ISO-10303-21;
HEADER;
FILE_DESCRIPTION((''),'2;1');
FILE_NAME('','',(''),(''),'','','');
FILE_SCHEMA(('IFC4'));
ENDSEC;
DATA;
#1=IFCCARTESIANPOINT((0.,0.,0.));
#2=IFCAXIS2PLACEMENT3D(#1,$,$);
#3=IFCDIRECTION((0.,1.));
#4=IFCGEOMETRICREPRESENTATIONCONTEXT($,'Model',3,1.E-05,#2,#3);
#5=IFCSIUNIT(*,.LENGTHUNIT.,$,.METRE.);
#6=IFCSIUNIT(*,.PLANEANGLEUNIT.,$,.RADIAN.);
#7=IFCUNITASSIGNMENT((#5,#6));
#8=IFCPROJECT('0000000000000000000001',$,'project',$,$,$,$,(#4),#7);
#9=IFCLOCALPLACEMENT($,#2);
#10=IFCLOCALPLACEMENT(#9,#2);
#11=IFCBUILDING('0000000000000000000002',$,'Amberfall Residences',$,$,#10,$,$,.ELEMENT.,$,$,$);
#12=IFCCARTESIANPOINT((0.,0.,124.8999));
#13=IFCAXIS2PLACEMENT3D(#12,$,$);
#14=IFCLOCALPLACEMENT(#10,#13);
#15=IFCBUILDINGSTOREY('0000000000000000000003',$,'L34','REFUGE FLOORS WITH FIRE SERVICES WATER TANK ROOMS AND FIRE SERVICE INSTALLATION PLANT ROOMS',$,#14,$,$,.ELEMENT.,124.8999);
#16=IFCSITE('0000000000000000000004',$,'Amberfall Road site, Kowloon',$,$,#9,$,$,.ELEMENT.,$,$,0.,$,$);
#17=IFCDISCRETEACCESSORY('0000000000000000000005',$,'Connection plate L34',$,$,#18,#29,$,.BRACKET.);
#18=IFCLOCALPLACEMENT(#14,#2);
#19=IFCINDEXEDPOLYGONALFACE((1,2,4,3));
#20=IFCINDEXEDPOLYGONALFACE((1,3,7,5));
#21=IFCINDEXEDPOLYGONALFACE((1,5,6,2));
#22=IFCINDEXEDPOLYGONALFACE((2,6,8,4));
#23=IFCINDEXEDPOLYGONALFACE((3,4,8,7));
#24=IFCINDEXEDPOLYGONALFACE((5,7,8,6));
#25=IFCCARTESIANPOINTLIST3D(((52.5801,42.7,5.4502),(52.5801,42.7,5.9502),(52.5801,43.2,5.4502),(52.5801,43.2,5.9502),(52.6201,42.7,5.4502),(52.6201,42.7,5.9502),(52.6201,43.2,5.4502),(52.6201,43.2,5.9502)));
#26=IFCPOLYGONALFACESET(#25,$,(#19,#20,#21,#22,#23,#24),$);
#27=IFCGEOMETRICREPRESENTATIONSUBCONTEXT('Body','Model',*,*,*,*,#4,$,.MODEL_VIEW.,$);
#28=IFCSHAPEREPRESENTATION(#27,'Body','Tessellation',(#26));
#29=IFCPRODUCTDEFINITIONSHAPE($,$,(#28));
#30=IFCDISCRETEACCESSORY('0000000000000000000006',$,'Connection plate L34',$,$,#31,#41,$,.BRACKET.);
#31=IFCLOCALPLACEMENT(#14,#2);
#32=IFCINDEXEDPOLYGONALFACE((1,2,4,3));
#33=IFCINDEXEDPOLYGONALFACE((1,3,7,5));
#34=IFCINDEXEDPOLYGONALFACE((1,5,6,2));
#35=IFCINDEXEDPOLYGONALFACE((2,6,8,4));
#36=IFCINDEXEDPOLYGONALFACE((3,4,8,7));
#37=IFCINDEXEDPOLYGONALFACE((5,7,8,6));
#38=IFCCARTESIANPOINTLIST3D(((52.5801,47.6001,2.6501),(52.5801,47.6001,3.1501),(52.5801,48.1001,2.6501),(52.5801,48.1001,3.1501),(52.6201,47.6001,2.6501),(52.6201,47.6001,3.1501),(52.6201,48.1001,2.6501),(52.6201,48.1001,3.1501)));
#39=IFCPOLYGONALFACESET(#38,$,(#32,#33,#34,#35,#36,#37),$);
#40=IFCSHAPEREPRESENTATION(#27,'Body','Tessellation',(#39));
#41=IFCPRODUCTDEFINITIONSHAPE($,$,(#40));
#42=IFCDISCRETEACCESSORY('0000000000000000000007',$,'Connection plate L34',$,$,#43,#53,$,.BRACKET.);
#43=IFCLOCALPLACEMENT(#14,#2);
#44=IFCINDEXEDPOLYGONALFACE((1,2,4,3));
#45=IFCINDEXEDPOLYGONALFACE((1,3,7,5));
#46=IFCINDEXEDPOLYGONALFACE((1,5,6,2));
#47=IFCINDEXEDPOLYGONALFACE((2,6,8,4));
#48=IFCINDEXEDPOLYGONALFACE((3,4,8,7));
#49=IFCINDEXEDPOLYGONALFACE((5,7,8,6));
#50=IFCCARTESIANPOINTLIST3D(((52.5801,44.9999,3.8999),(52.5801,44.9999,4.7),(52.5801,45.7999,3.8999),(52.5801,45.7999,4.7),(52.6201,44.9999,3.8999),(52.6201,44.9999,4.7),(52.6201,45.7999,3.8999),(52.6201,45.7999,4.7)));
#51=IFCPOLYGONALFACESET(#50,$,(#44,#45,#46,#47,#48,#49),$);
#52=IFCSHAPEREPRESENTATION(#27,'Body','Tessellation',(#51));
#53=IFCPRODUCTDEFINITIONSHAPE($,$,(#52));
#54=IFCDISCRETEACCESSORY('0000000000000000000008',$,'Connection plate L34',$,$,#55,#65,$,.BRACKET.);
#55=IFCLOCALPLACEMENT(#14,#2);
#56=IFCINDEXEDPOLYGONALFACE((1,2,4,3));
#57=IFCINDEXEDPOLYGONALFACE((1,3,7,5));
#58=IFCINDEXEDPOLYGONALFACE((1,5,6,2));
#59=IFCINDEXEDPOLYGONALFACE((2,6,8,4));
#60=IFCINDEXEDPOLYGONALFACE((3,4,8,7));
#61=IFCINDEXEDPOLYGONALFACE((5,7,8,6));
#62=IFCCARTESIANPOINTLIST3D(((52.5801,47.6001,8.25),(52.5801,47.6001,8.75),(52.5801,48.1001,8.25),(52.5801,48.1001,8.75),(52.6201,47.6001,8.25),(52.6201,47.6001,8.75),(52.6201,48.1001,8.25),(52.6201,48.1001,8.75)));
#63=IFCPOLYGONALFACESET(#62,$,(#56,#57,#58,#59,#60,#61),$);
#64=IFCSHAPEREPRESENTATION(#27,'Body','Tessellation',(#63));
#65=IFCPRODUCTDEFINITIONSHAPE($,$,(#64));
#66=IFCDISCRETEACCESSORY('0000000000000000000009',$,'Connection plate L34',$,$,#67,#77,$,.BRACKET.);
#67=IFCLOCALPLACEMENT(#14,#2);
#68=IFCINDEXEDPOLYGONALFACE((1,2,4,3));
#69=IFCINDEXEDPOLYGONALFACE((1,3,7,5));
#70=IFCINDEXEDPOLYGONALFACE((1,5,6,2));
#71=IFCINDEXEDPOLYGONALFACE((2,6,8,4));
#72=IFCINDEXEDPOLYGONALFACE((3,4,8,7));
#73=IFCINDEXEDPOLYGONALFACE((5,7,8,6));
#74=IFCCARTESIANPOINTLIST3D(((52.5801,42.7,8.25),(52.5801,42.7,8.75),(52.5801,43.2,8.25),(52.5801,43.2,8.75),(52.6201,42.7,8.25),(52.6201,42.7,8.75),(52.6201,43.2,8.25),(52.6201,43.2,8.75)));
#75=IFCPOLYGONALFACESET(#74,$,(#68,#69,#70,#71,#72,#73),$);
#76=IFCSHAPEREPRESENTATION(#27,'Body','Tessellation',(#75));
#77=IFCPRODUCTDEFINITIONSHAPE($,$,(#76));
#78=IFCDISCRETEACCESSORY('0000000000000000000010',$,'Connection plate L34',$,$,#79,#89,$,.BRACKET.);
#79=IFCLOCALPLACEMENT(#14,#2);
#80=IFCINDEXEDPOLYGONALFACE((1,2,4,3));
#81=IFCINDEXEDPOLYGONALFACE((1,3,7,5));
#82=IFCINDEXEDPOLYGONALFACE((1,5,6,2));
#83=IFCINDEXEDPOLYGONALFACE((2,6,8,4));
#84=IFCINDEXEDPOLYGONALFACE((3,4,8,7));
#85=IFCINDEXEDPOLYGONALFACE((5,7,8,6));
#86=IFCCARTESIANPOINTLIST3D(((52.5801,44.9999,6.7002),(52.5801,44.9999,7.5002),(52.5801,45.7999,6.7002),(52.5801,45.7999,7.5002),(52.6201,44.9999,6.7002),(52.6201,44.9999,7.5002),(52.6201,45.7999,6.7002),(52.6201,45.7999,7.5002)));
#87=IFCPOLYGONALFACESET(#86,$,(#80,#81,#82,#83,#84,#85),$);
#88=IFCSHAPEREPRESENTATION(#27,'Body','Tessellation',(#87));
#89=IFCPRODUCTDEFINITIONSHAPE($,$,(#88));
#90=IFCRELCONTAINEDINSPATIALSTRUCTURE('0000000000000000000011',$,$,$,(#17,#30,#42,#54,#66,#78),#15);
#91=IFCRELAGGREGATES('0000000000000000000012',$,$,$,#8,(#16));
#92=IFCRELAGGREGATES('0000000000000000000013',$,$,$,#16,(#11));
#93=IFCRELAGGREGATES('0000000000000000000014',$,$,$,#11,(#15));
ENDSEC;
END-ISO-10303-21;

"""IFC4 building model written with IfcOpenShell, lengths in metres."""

from ifc_helpers import new_model, si_unit, direction, frame, origin, origin_2d, place, context, subcontext, project, spatial, rectangle, extrude, element, save


model = new_model("IFC4")

# Units and contexts
model_context = context("Model", 3, precision=1e-05, world=origin(), true_north=direction((0.0, 1.0)))
body_context = subcontext(model_context, "Body", "Model", "MODEL_VIEW")
ifc_project = project(units=[si_unit("LENGTHUNIT", "METRE"), si_unit("PLANEANGLEUNIT", "RADIAN")], contexts=[model_context])

# Site, building, storey
site_placement = place(None, origin())
site = spatial("IfcSite", under=ifc_project, at=site_placement, Name="Amberfall Road site, Kowloon", CompositionType="ELEMENT", RefElevation=0.0)
building_placement = place(site_placement, origin())
building = spatial("IfcBuilding", under=site, at=building_placement, Name="Amberfall Residences", CompositionType="ELEMENT")
storey_placement = place(building_placement, frame((0.0, 0.0, 124.8999)))
storey = spatial("IfcBuildingStorey", under=building, at=storey_placement, Name="L34", Description="REFUGE FLOORS WITH FIRE SERVICES WATER TANK ROOMS AND FIRE SERVICE INSTALLATION PLANT ROOMS", CompositionType="ELEMENT", Elevation=124.8999)

# Discrete accessories
for number, where, z_axis, x_axis, name in (
    (1, (52.6001, 42.95, 5.4502), (0.0, 0.0, 1.0), (0.0, 1.0, 0.0), "Connection plate L34"),
    (2, (52.6001, 47.8501, 2.6501), (0.0, 0.0, 1.0), (0.0, 1.0, 0.0), "Connection plate L34"),
):
    element("IfcDiscreteAccessory", number, at=place(storey_placement, frame(where, z_axis=z_axis, x_axis=x_axis)), inside=storey, Name=name, PredefinedType="BRACKET", context=body_context, shape_type="SweptSolid", body=[
        extrude(rectangle(XDim=0.5, YDim=0.04, at=origin_2d()), origin(), (0.0, 0.0, 1.0), 0.5),
    ])
discrete_accessory_1_placement = place(storey_placement, frame((52.6001, 45.3999, 3.8999), z_axis=(0.0, 0.0, 1.0), x_axis=(0.0, 1.0, 0.0)))
element("IfcDiscreteAccessory", 3, at=discrete_accessory_1_placement, inside=storey, Name="Connection plate L34", PredefinedType="BRACKET", context=body_context, shape_type="SweptSolid", body=[
    extrude(rectangle(XDim=0.8, YDim=0.04, at=origin_2d()), origin(), (0.0, 0.0, 1.0), 0.8),
])
for number, where, z_axis, x_axis, name in (
    (4, (52.6001, 47.8501, 8.25), (0.0, 0.0, 1.0), (0.0, 1.0, 0.0), "Connection plate L34"),
    (5, (52.6001, 42.95, 8.25), (0.0, 0.0, 1.0), (0.0, 1.0, 0.0), "Connection plate L34"),
):
    element("IfcDiscreteAccessory", number, at=place(storey_placement, frame(where, z_axis=z_axis, x_axis=x_axis)), inside=storey, Name=name, PredefinedType="BRACKET", context=body_context, shape_type="SweptSolid", body=[
        extrude(rectangle(XDim=0.5, YDim=0.04, at=origin_2d()), origin(), (0.0, 0.0, 1.0), 0.5),
    ])
discrete_accessory_2_placement = place(storey_placement, frame((52.6001, 45.3999, 6.7002), z_axis=(0.0, 0.0, 1.0), x_axis=(0.0, 1.0, 0.0)))
element("IfcDiscreteAccessory", 6, at=discrete_accessory_2_placement, inside=storey, Name="Connection plate L34", PredefinedType="BRACKET", context=body_context, shape_type="SweptSolid", body=[
    extrude(rectangle(XDim=0.8, YDim=0.04, at=origin_2d()), origin(), (0.0, 0.0, 1.0), 0.8),
])

save(model, "model.ifc")
